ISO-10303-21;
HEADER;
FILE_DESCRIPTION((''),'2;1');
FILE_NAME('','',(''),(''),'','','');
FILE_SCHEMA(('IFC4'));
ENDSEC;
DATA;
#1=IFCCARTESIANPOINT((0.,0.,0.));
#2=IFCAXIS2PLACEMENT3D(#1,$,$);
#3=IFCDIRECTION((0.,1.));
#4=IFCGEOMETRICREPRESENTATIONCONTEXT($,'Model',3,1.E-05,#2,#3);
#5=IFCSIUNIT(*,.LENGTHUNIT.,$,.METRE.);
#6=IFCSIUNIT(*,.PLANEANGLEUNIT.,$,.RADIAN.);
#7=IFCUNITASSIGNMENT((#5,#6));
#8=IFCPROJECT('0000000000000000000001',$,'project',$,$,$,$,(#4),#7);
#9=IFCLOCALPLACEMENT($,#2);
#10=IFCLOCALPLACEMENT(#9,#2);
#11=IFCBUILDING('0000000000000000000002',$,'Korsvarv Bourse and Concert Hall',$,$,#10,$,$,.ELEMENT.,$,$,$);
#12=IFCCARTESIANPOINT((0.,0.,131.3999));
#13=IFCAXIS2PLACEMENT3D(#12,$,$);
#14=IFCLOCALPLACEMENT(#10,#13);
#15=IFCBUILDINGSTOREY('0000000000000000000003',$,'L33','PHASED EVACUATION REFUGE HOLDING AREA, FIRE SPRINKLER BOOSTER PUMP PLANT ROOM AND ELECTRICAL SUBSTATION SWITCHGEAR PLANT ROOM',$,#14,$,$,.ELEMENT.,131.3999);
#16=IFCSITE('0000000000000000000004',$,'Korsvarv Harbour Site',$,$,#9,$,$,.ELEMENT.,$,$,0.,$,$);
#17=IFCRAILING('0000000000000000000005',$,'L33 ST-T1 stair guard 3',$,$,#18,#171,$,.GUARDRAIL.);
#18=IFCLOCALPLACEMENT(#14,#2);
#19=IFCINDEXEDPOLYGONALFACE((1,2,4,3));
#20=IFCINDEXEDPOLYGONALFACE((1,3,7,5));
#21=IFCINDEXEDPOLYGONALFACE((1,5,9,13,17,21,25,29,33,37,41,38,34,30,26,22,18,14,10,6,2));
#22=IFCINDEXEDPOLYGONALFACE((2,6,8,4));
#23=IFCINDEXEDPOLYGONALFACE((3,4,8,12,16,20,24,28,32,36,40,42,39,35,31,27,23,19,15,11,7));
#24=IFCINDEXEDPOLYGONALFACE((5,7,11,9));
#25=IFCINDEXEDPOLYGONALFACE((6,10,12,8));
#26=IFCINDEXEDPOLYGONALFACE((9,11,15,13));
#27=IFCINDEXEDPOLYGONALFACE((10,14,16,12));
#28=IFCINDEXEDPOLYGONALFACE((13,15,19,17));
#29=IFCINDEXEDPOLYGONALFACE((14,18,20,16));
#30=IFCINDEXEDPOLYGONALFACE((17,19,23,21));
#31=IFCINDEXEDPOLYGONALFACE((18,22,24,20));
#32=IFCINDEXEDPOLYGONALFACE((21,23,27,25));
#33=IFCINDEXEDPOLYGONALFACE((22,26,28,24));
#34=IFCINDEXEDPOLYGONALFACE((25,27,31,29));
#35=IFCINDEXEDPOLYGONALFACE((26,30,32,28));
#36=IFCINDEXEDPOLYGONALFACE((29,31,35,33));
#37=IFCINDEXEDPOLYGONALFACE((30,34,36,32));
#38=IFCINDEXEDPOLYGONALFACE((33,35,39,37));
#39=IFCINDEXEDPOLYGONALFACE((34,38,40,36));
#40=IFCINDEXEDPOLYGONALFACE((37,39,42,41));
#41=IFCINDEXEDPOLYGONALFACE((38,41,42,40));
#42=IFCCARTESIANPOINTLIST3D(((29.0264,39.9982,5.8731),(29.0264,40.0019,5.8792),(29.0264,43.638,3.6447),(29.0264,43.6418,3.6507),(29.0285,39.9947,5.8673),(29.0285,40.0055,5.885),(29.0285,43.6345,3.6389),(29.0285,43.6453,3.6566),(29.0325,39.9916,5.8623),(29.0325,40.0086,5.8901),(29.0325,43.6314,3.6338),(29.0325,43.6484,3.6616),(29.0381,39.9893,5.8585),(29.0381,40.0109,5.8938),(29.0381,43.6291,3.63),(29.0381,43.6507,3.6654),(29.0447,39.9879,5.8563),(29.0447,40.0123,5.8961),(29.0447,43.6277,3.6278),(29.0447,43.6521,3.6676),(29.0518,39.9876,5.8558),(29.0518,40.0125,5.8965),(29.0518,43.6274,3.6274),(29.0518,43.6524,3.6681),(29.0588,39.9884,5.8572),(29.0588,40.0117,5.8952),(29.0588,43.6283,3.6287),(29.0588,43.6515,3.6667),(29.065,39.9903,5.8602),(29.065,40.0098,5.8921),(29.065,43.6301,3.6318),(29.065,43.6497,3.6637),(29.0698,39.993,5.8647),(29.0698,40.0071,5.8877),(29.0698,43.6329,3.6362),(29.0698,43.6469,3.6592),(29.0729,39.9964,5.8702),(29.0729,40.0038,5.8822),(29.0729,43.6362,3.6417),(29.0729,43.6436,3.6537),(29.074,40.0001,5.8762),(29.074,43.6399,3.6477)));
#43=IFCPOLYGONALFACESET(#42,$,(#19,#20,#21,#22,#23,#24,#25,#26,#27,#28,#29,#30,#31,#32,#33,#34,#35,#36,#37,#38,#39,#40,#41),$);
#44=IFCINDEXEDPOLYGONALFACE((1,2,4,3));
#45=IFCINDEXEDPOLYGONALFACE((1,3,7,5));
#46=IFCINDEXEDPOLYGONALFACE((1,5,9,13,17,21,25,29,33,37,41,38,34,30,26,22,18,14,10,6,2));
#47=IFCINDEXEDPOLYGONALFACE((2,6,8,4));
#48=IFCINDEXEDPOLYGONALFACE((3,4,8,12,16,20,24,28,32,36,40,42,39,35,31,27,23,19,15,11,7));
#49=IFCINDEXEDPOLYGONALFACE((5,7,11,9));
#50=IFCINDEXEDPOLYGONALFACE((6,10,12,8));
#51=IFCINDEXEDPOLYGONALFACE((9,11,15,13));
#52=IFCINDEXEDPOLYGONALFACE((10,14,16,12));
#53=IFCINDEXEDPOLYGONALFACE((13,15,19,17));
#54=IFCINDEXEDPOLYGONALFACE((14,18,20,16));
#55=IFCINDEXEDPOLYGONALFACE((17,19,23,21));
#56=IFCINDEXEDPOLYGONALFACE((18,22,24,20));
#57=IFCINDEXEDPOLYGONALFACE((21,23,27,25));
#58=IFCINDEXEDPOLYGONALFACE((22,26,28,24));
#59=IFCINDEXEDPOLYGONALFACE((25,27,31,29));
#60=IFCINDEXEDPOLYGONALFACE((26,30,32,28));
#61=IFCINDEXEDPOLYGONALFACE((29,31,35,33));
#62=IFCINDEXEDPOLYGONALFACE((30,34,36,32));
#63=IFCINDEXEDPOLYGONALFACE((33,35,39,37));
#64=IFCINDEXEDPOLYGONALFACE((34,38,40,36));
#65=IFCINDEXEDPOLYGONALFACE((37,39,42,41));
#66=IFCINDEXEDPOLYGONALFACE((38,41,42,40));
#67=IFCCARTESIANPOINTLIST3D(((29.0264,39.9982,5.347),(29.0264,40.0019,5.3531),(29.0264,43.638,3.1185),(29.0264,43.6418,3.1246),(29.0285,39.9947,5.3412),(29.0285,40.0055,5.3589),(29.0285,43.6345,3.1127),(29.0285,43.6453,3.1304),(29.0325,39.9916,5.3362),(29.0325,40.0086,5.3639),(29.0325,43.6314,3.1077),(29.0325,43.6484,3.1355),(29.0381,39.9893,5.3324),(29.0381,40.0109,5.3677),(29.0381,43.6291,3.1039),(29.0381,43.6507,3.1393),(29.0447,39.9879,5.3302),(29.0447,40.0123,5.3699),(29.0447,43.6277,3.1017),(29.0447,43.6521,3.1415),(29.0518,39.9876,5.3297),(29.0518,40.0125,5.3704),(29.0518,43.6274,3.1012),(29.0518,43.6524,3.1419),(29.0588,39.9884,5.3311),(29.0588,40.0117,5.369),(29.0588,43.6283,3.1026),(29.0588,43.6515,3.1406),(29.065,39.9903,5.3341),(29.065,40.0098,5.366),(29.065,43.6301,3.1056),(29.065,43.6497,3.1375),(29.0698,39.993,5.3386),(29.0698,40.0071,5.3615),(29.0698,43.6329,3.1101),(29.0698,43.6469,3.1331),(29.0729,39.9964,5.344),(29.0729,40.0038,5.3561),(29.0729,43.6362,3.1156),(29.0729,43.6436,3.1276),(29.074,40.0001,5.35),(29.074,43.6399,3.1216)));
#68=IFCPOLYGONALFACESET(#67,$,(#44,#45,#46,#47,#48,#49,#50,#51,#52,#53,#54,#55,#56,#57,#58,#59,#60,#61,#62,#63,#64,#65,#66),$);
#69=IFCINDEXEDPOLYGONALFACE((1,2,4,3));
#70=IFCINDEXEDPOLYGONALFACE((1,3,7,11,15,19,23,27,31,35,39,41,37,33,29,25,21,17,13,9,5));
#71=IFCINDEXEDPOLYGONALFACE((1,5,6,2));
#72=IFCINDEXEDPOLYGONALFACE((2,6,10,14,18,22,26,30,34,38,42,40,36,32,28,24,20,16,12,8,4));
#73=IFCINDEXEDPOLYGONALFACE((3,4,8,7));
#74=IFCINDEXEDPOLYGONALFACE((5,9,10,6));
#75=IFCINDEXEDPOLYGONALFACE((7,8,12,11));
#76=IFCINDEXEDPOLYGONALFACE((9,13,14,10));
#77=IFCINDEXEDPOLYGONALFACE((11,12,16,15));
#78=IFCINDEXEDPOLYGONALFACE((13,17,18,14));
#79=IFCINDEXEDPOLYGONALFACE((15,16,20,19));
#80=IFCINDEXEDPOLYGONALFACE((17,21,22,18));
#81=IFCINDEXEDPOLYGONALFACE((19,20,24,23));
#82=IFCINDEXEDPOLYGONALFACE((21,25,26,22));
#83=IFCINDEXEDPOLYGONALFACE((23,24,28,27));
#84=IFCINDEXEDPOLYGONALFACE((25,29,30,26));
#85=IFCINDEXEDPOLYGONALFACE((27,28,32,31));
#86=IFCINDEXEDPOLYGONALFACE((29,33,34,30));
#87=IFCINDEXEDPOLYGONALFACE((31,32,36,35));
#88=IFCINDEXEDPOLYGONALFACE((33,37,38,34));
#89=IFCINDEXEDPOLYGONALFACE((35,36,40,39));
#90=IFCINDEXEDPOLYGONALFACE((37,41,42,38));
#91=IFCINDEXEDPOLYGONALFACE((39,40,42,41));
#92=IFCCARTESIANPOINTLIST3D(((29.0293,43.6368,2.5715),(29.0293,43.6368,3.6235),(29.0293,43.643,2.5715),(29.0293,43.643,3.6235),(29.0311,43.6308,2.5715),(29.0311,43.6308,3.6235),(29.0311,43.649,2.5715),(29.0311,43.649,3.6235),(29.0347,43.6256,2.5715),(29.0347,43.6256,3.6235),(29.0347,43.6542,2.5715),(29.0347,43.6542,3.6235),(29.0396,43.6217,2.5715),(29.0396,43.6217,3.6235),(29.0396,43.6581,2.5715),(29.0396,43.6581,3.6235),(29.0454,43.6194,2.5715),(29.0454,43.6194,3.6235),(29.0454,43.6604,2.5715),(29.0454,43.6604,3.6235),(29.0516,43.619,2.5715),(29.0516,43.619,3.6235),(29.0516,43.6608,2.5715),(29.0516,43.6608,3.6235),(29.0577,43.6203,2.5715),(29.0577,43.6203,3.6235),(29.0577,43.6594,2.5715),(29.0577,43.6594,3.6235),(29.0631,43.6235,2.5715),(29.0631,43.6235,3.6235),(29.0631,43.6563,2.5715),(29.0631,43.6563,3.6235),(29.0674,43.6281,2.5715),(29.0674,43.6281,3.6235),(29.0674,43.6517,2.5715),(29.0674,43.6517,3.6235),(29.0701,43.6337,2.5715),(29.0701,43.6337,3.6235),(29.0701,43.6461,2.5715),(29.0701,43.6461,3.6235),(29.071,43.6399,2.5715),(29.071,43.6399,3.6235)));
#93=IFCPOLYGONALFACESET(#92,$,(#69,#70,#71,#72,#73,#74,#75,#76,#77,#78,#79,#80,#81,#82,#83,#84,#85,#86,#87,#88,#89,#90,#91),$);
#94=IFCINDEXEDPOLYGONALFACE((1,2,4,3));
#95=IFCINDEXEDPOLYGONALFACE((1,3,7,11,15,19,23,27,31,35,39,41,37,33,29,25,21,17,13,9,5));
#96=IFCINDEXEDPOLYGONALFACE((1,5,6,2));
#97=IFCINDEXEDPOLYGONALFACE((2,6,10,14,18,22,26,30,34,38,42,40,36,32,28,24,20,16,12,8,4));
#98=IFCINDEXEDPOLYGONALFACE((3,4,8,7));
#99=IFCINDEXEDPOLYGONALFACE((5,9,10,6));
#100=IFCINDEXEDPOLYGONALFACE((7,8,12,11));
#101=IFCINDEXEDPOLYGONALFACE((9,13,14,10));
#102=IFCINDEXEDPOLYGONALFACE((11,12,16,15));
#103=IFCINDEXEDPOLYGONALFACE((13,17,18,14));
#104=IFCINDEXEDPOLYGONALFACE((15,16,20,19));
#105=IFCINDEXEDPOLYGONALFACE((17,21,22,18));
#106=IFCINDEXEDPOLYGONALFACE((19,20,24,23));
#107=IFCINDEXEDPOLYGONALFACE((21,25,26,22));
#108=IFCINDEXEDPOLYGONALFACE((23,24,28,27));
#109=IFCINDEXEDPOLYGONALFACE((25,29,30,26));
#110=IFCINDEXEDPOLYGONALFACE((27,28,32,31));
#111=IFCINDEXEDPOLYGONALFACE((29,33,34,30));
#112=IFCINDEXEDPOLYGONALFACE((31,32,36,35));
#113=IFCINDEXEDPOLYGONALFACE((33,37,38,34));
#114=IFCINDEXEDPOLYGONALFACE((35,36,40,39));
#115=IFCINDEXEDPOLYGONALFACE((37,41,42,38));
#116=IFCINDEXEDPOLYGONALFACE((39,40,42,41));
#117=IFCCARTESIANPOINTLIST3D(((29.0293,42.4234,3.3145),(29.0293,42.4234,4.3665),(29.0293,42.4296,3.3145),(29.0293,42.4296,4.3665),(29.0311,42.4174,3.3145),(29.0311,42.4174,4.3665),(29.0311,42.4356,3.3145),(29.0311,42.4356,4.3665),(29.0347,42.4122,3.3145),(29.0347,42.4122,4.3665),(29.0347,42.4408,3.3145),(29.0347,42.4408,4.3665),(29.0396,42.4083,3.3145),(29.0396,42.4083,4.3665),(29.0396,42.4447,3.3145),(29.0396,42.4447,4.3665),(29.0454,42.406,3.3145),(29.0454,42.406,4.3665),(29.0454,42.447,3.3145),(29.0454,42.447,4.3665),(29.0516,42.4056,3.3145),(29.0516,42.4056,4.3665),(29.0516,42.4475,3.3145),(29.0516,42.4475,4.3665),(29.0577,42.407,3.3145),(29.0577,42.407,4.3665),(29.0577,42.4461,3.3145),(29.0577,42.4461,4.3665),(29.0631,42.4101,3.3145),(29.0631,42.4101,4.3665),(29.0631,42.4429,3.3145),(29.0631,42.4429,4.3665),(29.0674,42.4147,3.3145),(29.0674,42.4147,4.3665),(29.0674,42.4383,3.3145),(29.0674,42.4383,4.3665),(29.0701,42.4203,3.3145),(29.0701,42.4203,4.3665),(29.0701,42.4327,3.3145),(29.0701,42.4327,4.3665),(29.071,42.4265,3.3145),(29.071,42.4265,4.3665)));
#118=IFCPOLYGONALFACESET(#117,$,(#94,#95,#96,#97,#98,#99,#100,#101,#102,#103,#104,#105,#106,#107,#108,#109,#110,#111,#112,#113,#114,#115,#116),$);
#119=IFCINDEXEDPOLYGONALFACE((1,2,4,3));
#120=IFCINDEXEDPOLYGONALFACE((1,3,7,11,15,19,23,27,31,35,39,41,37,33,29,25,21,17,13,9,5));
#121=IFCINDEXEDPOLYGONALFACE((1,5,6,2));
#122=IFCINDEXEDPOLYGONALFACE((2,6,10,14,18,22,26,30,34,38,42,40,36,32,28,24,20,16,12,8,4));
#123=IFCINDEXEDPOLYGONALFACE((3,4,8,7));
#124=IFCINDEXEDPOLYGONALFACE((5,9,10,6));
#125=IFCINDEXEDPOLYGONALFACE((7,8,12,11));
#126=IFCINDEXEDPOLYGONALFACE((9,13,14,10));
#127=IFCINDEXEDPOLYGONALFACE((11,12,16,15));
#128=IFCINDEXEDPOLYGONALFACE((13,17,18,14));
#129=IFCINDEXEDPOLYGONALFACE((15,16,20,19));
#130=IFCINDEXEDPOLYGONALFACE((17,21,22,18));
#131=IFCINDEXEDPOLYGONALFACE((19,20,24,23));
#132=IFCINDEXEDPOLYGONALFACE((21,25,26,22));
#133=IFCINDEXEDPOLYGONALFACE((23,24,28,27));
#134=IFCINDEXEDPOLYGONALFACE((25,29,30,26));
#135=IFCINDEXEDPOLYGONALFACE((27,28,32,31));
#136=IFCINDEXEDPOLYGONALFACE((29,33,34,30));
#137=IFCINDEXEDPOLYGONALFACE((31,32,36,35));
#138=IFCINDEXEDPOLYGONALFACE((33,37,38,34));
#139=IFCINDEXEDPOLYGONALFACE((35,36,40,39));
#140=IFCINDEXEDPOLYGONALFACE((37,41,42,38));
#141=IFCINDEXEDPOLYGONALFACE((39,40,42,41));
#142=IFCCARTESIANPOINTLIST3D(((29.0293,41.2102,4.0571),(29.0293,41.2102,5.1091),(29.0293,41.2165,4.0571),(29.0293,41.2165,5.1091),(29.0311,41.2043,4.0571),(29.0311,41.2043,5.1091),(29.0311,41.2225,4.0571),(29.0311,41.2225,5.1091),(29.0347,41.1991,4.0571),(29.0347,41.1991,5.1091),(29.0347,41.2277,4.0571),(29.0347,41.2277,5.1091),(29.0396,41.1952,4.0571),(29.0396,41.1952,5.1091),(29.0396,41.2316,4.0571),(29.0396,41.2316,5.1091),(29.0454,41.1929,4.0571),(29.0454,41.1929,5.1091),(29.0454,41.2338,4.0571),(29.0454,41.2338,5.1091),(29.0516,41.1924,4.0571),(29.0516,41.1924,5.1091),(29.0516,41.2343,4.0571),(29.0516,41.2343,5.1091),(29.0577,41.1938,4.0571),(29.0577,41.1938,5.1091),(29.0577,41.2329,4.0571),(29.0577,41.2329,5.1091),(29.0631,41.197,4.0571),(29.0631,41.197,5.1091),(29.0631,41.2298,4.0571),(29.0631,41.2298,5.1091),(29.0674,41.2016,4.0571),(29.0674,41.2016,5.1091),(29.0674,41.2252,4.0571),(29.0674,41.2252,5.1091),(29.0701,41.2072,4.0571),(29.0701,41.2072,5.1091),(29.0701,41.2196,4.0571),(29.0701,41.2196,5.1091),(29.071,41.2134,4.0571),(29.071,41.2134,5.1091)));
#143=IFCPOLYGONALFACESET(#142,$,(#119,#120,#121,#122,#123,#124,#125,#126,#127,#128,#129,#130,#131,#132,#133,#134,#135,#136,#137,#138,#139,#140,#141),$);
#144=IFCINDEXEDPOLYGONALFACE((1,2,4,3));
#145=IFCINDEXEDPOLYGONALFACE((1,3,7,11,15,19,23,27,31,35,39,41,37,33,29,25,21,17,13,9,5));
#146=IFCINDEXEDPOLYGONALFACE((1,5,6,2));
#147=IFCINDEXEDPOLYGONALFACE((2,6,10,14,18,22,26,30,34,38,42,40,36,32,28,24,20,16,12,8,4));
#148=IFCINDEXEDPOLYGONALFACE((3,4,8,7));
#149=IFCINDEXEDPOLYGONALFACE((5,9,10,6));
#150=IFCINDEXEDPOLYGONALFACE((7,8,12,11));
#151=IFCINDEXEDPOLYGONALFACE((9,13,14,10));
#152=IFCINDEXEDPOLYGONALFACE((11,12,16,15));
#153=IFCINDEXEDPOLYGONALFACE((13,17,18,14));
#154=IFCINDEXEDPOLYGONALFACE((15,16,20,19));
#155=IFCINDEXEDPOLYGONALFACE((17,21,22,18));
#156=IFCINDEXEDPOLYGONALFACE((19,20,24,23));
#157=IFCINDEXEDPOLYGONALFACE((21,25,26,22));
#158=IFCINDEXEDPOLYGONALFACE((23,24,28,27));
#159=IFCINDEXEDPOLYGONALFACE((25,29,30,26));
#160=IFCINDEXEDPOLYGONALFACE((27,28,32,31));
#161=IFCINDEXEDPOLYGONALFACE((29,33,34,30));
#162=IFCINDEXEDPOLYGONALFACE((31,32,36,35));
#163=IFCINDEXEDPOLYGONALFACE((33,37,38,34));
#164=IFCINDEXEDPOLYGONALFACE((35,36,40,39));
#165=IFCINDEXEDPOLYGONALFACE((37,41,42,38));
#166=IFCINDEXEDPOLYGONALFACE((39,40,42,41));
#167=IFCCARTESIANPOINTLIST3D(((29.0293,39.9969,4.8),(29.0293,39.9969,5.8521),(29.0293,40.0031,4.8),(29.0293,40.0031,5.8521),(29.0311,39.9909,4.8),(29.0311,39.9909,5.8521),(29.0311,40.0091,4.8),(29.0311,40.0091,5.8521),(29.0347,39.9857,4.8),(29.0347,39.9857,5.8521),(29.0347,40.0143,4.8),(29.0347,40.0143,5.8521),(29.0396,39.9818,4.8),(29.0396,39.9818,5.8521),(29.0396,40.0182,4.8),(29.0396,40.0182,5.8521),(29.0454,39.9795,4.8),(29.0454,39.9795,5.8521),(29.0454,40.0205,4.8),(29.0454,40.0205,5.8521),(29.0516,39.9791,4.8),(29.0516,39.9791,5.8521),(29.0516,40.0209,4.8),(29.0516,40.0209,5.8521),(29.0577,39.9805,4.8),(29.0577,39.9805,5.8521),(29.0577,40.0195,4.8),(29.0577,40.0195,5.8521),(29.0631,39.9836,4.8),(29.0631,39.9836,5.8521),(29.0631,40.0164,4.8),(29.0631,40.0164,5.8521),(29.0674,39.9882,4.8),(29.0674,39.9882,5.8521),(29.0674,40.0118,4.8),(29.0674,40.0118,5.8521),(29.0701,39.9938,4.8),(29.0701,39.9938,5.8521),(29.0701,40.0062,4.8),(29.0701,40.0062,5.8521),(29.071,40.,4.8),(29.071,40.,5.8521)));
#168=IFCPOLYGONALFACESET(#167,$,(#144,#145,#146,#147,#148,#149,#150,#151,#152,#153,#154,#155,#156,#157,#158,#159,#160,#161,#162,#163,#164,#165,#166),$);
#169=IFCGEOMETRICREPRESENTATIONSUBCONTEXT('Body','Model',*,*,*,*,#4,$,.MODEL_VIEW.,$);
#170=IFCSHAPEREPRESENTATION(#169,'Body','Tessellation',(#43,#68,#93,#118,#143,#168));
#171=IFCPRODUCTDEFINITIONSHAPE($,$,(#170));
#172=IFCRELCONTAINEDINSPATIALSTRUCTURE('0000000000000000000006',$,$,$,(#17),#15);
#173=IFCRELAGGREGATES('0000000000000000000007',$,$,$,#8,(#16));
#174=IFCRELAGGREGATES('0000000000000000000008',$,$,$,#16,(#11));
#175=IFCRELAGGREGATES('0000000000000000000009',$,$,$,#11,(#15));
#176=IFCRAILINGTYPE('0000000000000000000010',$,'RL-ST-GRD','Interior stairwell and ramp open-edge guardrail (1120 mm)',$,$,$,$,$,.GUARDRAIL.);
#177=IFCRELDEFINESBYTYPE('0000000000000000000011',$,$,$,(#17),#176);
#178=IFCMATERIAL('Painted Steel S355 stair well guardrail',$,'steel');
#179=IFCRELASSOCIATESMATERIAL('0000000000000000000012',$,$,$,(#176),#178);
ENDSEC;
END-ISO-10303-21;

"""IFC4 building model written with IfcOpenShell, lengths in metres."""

from ifc_helpers import new_model, si_unit, direction, frame, origin, origin_2d, place, context, subcontext, project, spatial, circle, extrude, material, type_object, element, save


model = new_model("IFC4")

# Units and contexts
model_context = context("Model", 3, precision=1e-05, world=origin(), true_north=direction((0.0, 1.0)))
body_context = subcontext(model_context, "Body", "Model", "MODEL_VIEW")
ifc_project = project(units=[si_unit("LENGTHUNIT", "METRE"), si_unit("PLANEANGLEUNIT", "RADIAN")], contexts=[model_context])

# Site, building, storey
site_placement = place(None, origin())
site = spatial("IfcSite", under=ifc_project, at=site_placement, Name="Korsvarv Harbour Site", CompositionType="ELEMENT", RefElevation=0.0)
building_placement = place(site_placement, origin())
building = spatial("IfcBuilding", under=site, at=building_placement, Name="Korsvarv Bourse and Concert Hall", CompositionType="ELEMENT")
storey_placement = place(building_placement, frame((0.0, 0.0, 131.3999)))
storey = spatial("IfcBuildingStorey", under=building, at=storey_placement, Name="L33", Description="PHASED EVACUATION REFUGE HOLDING AREA, FIRE SPRINKLER BOOSTER PUMP PLANT ROOM AND ELECTRICAL SUBSTATION SWITCHGEAR PLANT ROOM", CompositionType="ELEMENT", Elevation=131.3999)

# Railing
ifc_material_1 = material(Name="Painted Steel S355 stair well guardrail", Category="steel")
railing_type_1 = type_object("IfcRailingType", Name="RL-ST-GRD", Description="Interior stairwell and ramp open-edge guardrail (1120 mm)", PredefinedType="GUARDRAIL", material=ifc_material_1)
railing_1_placement = place(storey_placement, frame((29.05, 43.6399, 2.5715)))
element("IfcRailing", 1, at=railing_1_placement, inside=storey, type_object=railing_type_1, Name="L33 ST-T1 stair guard 3", PredefinedType="GUARDRAIL", context=body_context, shape_type="SweptSolid", body=[
    extrude(circle(Radius=0.0239, at=origin_2d()), frame((0.0, 0.0, 1.0762), z_axis=(0.0, -0.85285, 0.522156), x_axis=(1.0, 0.0, 0.0)), (0.0, 0.0, 1.0), 4.2678),
    extrude(circle(Radius=0.0239, at=origin_2d()), frame((0.0, 0.0, 0.55), z_axis=(0.0, -0.85285, 0.522156), x_axis=(1.0, 0.0, 0.0)), (0.0, 0.0, 1.0), 4.2678),
    extrude(circle(Radius=0.021, at=origin_2d()), origin(), (0.0, 0.0, 1.0), 1.052),
    extrude(circle(Radius=0.021, at=origin_2d()), frame((0.0, -1.2134, 0.7429)), (0.0, 0.0, 1.0), 1.052),
    extrude(circle(Radius=0.021, at=origin_2d()), frame((0.0, -2.4265, 1.4856)), (0.0, 0.0, 1.0), 1.052),
    extrude(circle(Radius=0.021, at=origin_2d()), frame((0.0, -3.6399, 2.2285)), (0.0, 0.0, 1.0), 1.052),
])

save(model, "model.ifc")
